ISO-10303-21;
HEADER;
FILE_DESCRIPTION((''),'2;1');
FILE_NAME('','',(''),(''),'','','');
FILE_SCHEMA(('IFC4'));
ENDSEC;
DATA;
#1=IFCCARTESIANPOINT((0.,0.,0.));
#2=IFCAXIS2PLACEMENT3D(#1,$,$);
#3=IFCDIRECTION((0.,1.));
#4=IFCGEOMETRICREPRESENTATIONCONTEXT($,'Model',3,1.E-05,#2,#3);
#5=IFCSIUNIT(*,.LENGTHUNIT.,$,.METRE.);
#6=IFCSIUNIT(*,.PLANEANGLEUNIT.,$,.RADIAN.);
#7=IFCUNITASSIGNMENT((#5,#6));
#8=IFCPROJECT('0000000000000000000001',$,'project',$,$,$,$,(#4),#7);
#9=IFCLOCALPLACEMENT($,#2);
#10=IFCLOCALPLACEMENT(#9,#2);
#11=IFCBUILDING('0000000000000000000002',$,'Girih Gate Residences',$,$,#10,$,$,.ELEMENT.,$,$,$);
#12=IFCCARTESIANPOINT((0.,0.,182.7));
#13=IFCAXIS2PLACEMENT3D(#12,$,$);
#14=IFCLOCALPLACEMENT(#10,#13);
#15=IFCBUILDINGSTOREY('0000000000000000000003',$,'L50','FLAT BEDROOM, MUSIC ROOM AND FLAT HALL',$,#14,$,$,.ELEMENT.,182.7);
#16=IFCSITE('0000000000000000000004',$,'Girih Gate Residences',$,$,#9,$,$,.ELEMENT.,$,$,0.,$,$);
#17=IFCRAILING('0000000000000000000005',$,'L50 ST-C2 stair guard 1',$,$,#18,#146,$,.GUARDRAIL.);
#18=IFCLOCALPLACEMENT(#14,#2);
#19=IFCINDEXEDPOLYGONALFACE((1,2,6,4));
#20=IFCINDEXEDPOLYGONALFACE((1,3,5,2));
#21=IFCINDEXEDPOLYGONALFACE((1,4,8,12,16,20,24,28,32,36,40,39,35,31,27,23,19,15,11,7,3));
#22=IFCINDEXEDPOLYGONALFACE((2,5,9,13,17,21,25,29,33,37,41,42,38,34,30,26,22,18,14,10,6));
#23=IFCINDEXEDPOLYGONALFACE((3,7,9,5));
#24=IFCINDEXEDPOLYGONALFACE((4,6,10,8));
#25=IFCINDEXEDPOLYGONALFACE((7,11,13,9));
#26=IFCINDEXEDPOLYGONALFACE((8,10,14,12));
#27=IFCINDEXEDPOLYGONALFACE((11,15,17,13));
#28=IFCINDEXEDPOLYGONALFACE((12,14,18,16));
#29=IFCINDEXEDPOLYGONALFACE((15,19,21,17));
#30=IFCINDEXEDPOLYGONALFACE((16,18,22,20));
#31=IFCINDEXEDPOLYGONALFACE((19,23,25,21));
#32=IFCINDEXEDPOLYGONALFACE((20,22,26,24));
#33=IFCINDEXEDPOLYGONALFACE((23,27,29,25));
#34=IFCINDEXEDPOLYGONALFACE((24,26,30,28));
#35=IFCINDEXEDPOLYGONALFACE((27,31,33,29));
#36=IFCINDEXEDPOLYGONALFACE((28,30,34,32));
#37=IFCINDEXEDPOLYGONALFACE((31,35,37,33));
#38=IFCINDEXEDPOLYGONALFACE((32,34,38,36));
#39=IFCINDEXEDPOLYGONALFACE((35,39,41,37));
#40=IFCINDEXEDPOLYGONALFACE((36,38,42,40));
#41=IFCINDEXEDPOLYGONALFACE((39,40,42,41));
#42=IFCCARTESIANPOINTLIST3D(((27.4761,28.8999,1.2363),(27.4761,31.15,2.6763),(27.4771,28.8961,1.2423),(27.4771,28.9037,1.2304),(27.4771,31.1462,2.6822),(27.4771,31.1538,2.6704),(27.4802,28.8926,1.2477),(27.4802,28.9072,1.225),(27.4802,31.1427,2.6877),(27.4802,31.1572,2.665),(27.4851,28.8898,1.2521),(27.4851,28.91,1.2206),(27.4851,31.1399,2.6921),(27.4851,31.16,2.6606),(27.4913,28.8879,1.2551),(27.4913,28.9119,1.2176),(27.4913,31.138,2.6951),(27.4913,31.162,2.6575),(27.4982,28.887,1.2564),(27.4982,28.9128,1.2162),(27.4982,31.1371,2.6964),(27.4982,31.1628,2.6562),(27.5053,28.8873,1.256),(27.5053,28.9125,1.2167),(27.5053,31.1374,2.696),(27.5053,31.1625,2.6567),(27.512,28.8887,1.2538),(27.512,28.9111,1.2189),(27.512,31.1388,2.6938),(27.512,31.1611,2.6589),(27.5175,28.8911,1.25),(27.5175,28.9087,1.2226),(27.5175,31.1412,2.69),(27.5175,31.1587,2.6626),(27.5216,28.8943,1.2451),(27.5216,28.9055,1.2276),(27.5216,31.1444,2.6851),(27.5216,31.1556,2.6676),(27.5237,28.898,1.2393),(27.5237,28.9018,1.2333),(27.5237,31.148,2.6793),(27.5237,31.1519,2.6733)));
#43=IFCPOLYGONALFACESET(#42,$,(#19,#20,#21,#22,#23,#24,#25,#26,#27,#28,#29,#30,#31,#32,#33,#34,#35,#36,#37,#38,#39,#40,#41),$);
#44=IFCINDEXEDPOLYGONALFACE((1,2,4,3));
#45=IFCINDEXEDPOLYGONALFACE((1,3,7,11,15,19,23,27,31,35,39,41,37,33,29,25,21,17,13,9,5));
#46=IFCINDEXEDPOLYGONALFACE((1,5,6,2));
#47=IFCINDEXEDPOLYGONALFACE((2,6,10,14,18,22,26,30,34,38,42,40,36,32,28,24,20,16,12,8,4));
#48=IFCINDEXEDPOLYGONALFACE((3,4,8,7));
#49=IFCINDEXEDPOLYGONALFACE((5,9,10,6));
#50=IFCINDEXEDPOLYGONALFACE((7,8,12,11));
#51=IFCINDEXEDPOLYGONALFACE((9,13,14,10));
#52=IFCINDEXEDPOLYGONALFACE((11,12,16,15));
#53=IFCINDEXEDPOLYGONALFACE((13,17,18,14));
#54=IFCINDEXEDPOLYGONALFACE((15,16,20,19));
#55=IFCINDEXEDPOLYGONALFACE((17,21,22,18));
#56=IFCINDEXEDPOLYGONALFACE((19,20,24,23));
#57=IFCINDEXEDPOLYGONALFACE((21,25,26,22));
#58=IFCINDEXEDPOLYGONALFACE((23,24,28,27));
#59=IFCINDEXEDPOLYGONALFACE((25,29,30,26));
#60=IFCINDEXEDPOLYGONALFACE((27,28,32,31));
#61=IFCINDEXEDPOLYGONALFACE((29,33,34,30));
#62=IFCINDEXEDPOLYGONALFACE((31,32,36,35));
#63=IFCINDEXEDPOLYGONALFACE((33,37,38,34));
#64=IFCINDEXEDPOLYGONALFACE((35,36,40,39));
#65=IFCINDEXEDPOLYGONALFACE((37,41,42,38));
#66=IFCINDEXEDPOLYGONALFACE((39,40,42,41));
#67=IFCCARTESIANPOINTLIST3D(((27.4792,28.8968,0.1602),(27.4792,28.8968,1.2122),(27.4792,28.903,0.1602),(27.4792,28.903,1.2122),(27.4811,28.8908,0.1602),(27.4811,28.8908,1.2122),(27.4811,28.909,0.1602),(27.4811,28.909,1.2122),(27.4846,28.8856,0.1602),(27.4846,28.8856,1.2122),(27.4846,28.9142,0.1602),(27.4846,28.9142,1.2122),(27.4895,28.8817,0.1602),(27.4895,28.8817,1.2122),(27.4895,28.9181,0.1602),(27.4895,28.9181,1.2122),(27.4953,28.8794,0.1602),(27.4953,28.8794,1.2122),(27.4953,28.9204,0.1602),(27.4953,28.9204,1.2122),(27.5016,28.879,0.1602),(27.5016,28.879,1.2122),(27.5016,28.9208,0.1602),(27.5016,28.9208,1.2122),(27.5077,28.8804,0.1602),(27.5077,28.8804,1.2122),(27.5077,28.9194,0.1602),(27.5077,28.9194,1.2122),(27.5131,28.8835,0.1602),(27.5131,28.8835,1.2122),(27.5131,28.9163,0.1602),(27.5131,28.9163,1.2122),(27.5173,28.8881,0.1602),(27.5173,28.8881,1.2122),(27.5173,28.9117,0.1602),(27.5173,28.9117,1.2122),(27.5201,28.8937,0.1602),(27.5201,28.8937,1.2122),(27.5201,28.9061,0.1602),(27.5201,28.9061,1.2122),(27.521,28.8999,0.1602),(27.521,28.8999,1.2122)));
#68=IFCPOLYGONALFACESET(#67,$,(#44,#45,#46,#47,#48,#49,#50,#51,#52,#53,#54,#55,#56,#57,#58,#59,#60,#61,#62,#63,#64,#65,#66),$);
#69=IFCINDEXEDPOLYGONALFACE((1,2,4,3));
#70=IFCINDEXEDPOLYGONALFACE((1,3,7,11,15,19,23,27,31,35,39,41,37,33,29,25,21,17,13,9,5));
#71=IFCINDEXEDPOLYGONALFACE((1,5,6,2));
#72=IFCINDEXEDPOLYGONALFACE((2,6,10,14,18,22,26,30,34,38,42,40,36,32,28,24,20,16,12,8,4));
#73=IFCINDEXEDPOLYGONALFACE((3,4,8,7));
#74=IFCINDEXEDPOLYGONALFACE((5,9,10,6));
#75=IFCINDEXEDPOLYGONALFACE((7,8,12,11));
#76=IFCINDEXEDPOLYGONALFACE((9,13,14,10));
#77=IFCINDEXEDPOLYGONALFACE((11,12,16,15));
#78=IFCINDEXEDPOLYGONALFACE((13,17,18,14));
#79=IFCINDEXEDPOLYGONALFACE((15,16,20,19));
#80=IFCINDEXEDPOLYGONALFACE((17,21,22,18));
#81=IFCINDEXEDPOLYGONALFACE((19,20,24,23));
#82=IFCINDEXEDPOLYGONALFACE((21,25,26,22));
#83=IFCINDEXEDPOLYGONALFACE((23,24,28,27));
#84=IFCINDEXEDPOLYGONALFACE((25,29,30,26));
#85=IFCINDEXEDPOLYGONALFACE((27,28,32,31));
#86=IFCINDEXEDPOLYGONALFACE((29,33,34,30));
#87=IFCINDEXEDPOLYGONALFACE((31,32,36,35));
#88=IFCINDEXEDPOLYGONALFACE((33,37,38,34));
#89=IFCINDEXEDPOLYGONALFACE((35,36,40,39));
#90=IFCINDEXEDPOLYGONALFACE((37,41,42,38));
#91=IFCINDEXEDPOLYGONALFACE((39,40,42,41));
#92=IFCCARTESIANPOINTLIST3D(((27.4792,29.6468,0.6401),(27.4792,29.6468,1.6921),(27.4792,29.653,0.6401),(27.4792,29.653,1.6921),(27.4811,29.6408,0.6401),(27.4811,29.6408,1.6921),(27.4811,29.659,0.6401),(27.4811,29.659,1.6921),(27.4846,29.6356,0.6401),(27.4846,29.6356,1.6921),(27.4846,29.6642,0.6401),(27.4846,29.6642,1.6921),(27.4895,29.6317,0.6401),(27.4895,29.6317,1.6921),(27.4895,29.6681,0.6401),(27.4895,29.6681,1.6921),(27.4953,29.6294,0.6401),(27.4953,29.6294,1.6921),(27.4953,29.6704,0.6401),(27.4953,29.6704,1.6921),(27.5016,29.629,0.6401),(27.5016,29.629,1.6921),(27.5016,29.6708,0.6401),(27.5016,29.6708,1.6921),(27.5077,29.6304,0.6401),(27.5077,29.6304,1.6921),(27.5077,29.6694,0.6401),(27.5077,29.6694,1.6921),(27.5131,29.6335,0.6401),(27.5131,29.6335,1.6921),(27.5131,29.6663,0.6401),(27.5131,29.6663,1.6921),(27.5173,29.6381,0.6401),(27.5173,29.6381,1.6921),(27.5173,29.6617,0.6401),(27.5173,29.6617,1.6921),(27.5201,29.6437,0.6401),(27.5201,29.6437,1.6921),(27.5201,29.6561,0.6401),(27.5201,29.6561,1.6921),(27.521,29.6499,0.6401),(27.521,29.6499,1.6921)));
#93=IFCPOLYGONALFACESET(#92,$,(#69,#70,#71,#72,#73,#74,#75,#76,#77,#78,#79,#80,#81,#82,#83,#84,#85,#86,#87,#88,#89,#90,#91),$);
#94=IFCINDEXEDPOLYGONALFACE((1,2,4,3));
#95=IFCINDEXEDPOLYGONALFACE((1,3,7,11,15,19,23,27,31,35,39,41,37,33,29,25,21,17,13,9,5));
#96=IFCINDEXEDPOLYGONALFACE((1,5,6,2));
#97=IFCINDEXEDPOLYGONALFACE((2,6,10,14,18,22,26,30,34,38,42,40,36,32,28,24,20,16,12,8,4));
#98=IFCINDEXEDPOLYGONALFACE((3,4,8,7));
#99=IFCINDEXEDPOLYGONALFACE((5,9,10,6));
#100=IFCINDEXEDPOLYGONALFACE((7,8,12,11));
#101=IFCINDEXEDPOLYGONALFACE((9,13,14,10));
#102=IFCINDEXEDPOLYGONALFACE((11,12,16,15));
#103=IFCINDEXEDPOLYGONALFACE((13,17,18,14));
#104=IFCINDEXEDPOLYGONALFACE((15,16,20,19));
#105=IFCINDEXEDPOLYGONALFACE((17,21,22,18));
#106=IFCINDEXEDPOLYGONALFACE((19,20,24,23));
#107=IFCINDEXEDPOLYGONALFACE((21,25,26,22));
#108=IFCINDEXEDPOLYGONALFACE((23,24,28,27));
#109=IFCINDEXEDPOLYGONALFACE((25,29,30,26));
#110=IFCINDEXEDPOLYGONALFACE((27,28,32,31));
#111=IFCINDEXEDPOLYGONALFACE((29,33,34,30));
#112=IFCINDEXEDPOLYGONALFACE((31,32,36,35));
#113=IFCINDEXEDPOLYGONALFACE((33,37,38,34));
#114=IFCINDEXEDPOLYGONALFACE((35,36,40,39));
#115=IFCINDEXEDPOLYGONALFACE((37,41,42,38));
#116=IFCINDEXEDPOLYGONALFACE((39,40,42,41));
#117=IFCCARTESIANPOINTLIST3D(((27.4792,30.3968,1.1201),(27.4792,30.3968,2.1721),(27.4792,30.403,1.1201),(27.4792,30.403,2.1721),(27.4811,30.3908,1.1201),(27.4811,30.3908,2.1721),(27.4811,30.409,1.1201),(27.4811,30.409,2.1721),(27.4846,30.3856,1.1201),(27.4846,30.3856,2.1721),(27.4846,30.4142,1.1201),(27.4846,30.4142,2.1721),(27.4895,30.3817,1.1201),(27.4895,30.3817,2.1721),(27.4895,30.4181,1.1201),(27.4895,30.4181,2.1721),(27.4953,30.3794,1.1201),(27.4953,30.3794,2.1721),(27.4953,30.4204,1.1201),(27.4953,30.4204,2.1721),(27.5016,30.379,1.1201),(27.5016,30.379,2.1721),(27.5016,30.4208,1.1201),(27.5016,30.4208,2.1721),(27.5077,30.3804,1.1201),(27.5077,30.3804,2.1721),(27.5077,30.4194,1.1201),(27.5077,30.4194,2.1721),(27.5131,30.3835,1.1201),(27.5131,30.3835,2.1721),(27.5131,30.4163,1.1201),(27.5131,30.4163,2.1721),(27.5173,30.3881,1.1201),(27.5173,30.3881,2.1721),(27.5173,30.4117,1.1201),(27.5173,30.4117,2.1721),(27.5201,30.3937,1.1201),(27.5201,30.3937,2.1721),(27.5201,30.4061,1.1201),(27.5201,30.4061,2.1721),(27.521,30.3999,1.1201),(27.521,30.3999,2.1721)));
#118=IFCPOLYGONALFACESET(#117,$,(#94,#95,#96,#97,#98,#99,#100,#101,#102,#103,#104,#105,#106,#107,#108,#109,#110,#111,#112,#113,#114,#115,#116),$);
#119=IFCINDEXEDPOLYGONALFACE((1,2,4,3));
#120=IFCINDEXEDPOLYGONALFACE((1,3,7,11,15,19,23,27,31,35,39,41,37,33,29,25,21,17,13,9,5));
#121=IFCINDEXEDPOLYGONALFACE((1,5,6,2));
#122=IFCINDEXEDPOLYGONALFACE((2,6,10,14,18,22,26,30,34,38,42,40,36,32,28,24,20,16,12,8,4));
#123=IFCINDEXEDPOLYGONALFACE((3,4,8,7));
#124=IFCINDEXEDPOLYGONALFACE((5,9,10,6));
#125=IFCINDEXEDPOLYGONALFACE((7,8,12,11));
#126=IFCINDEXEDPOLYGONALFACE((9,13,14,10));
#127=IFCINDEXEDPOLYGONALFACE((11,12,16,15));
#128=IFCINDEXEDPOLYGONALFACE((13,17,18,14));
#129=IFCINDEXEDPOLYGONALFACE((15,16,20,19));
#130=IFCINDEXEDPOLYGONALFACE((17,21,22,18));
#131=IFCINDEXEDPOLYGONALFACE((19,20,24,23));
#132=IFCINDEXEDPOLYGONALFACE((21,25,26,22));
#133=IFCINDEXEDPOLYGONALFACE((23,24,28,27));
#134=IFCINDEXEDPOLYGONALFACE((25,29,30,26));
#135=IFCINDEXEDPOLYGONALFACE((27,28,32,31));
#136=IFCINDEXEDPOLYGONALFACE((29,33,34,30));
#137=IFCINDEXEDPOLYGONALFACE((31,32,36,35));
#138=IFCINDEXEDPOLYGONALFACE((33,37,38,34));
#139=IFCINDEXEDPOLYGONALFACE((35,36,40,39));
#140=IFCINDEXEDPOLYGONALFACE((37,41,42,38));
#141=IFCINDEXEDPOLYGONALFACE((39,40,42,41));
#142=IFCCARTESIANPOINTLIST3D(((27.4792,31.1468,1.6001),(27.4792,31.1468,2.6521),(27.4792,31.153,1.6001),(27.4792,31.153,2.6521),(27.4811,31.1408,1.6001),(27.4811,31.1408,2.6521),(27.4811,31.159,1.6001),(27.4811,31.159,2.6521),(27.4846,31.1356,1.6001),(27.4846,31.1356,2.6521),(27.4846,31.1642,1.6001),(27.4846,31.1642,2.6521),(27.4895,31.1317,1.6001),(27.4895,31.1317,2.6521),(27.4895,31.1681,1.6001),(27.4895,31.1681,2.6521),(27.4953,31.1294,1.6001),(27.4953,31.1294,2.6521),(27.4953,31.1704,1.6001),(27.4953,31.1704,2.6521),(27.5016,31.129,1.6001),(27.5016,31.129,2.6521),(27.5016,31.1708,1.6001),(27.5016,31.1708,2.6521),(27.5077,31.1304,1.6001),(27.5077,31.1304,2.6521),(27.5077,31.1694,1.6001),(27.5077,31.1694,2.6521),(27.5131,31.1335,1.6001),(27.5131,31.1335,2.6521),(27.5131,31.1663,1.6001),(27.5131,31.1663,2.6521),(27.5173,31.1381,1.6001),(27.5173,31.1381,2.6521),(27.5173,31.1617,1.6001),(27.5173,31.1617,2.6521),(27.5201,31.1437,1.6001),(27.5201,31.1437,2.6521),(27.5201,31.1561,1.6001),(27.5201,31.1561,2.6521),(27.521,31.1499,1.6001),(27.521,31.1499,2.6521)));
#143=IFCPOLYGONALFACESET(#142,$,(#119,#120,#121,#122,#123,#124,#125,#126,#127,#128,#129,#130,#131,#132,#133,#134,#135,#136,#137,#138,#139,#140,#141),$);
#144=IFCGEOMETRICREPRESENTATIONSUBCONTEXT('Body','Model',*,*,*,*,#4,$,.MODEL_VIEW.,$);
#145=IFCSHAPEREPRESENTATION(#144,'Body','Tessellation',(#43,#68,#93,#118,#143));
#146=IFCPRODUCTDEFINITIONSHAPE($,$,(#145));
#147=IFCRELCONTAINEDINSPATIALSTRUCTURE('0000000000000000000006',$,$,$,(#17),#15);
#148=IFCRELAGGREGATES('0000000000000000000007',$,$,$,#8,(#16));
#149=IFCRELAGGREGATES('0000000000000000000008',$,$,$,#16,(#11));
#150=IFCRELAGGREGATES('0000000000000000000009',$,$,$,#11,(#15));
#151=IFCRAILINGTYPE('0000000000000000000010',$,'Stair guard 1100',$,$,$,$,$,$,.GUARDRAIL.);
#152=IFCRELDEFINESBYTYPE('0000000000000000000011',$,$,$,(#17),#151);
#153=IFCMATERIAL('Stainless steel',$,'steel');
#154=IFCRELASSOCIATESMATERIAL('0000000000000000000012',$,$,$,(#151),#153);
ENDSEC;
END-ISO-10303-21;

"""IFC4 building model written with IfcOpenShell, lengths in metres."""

from ifc_helpers import new_model, si_unit, direction, frame, origin, origin_2d, place, context, subcontext, project, spatial, circle, extrude, material, type_object, element, save


model = new_model("IFC4")

# Units and contexts
model_context = context("Model", 3, precision=1e-05, world=origin(), true_north=direction((0.0, 1.0)))
body_context = subcontext(model_context, "Body", "Model", "MODEL_VIEW")
ifc_project = project(units=[si_unit("LENGTHUNIT", "METRE"), si_unit("PLANEANGLEUNIT", "RADIAN")], contexts=[model_context])

# Site, building, storey
site_placement = place(None, origin())
site = spatial("IfcSite", under=ifc_project, at=site_placement, Name="Girih Gate Residences", CompositionType="ELEMENT", RefElevation=0.0)
building_placement = place(site_placement, origin())
building = spatial("IfcBuilding", under=site, at=building_placement, Name="Girih Gate Residences", CompositionType="ELEMENT")
storey_placement = place(building_placement, frame((0.0, 0.0, 182.7)))
storey = spatial("IfcBuildingStorey", under=building, at=storey_placement, Name="L50", Description="FLAT BEDROOM, MUSIC ROOM AND FLAT HALL", CompositionType="ELEMENT", Elevation=182.7)

# Railing
ifc_material_1 = material(Name="Stainless steel", Category="steel")
railing_type_1 = type_object("IfcRailingType", Name="Stair guard 1100", PredefinedType="GUARDRAIL", material=ifc_material_1)
railing_1_placement = place(storey_placement, frame((27.5, 28.8999, 0.1602)))
element("IfcRailing", 1, at=railing_1_placement, inside=storey, type_object=railing_type_1, Name="L50 ST-C2 stair guard 1", PredefinedType="GUARDRAIL", context=body_context, shape_type="SweptSolid", body=[
    extrude(circle(Radius=0.0239, at=origin_2d()), frame((0.0, 0.0, 1.0762), z_axis=(0.0, 0.842281, 0.539038), x_axis=(-1.0, 0.0, 0.0)), (0.0, 0.0, 1.0), 2.6714),
    extrude(circle(Radius=0.021, at=origin_2d()), origin(), (0.0, 0.0, 1.0), 1.052),
    extrude(circle(Radius=0.021, at=origin_2d()), frame((0.0, 0.75, 0.48)), (0.0, 0.0, 1.0), 1.052),
    extrude(circle(Radius=0.021, at=origin_2d()), frame((0.0, 1.5, 0.96)), (0.0, 0.0, 1.0), 1.052),
    extrude(circle(Radius=0.021, at=origin_2d()), frame((0.0, 2.25, 1.4399)), (0.0, 0.0, 1.0), 1.052),
])

save(model, "model.ifc")
